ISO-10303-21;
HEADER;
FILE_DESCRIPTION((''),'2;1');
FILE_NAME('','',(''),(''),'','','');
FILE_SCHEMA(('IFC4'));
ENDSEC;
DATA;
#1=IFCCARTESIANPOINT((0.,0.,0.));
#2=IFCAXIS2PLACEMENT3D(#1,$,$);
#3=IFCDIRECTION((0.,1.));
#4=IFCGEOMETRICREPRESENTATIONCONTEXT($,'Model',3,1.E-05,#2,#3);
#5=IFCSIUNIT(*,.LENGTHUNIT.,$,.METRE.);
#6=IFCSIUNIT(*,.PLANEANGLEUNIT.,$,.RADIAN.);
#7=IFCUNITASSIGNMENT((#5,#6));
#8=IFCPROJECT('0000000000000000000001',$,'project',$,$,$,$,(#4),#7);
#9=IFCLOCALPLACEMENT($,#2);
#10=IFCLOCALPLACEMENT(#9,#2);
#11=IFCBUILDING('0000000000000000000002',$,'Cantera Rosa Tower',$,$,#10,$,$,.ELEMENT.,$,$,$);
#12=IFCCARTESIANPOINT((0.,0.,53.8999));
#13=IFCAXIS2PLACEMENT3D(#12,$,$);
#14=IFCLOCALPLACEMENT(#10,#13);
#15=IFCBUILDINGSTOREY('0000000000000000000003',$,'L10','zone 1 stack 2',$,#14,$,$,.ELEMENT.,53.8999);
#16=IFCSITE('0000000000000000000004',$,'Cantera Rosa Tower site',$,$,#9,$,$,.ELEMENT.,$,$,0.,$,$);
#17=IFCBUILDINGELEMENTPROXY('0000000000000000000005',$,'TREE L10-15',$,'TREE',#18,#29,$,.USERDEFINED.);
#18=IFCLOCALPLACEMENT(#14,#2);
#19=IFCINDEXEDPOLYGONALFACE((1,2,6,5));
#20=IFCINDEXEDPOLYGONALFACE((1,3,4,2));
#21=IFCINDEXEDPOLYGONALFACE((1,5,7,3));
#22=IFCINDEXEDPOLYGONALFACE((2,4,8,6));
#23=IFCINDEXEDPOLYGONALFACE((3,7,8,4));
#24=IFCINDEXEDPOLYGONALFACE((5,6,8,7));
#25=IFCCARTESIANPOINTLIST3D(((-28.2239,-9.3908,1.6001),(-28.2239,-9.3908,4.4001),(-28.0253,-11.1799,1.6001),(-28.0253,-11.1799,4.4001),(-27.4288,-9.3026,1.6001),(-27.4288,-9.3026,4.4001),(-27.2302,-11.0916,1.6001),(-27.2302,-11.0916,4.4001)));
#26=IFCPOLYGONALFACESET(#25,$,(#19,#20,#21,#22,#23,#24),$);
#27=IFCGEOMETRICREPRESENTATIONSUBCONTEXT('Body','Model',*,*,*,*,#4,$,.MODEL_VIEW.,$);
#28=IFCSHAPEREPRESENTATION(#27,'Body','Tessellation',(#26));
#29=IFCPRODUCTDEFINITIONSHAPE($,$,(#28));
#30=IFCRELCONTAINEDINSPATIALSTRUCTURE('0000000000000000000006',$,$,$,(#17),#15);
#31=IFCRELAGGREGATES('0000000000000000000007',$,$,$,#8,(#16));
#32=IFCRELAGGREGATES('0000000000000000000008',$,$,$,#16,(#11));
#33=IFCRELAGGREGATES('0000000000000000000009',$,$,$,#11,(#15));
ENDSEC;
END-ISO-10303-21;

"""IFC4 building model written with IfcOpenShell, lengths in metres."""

from ifc_helpers import new_model, si_unit, direction, frame, origin, origin_2d, place, context, subcontext, project, spatial, rectangle, extrude, element, save


model = new_model("IFC4")

# Units and contexts
model_context = context("Model", 3, precision=1e-05, world=origin(), true_north=direction((0.0, 1.0)))
body_context = subcontext(model_context, "Body", "Model", "MODEL_VIEW")
ifc_project = project(units=[si_unit("LENGTHUNIT", "METRE"), si_unit("PLANEANGLEUNIT", "RADIAN")], contexts=[model_context])

# Site, building, storey
site_placement = place(None, origin())
site = spatial("IfcSite", under=ifc_project, at=site_placement, Name="Cantera Rosa Tower site", CompositionType="ELEMENT", RefElevation=0.0)
building_placement = place(site_placement, origin())
building = spatial("IfcBuilding", under=site, at=building_placement, Name="Cantera Rosa Tower", CompositionType="ELEMENT")
storey_placement = place(building_placement, frame((0.0, 0.0, 53.8999)))
storey = spatial("IfcBuildingStorey", under=building, at=storey_placement, Name="L10", Description="zone 1 stack 2", CompositionType="ELEMENT", Elevation=53.8999)

# Building element proxy
for number, where, z_axis, x_axis, name in (
    (1, (-27.7271, -10.2412, 1.6001), (0.0, 0.0, 1.0), (0.110313, -0.993897, 0.0), "TREE L10-15"),
):
    element("IfcBuildingElementProxy", number, at=place(storey_placement, frame(where, z_axis=z_axis, x_axis=x_axis)), inside=storey, Name=name, ObjectType="TREE", PredefinedType="USERDEFINED", context=body_context, shape_type="SweptSolid", body=[
        extrude(rectangle(XDim=1.8, YDim=0.8, at=origin_2d()), origin(), (0.0, 0.0, 1.0), 2.8),
    ])

save(model, "model.ifc")
